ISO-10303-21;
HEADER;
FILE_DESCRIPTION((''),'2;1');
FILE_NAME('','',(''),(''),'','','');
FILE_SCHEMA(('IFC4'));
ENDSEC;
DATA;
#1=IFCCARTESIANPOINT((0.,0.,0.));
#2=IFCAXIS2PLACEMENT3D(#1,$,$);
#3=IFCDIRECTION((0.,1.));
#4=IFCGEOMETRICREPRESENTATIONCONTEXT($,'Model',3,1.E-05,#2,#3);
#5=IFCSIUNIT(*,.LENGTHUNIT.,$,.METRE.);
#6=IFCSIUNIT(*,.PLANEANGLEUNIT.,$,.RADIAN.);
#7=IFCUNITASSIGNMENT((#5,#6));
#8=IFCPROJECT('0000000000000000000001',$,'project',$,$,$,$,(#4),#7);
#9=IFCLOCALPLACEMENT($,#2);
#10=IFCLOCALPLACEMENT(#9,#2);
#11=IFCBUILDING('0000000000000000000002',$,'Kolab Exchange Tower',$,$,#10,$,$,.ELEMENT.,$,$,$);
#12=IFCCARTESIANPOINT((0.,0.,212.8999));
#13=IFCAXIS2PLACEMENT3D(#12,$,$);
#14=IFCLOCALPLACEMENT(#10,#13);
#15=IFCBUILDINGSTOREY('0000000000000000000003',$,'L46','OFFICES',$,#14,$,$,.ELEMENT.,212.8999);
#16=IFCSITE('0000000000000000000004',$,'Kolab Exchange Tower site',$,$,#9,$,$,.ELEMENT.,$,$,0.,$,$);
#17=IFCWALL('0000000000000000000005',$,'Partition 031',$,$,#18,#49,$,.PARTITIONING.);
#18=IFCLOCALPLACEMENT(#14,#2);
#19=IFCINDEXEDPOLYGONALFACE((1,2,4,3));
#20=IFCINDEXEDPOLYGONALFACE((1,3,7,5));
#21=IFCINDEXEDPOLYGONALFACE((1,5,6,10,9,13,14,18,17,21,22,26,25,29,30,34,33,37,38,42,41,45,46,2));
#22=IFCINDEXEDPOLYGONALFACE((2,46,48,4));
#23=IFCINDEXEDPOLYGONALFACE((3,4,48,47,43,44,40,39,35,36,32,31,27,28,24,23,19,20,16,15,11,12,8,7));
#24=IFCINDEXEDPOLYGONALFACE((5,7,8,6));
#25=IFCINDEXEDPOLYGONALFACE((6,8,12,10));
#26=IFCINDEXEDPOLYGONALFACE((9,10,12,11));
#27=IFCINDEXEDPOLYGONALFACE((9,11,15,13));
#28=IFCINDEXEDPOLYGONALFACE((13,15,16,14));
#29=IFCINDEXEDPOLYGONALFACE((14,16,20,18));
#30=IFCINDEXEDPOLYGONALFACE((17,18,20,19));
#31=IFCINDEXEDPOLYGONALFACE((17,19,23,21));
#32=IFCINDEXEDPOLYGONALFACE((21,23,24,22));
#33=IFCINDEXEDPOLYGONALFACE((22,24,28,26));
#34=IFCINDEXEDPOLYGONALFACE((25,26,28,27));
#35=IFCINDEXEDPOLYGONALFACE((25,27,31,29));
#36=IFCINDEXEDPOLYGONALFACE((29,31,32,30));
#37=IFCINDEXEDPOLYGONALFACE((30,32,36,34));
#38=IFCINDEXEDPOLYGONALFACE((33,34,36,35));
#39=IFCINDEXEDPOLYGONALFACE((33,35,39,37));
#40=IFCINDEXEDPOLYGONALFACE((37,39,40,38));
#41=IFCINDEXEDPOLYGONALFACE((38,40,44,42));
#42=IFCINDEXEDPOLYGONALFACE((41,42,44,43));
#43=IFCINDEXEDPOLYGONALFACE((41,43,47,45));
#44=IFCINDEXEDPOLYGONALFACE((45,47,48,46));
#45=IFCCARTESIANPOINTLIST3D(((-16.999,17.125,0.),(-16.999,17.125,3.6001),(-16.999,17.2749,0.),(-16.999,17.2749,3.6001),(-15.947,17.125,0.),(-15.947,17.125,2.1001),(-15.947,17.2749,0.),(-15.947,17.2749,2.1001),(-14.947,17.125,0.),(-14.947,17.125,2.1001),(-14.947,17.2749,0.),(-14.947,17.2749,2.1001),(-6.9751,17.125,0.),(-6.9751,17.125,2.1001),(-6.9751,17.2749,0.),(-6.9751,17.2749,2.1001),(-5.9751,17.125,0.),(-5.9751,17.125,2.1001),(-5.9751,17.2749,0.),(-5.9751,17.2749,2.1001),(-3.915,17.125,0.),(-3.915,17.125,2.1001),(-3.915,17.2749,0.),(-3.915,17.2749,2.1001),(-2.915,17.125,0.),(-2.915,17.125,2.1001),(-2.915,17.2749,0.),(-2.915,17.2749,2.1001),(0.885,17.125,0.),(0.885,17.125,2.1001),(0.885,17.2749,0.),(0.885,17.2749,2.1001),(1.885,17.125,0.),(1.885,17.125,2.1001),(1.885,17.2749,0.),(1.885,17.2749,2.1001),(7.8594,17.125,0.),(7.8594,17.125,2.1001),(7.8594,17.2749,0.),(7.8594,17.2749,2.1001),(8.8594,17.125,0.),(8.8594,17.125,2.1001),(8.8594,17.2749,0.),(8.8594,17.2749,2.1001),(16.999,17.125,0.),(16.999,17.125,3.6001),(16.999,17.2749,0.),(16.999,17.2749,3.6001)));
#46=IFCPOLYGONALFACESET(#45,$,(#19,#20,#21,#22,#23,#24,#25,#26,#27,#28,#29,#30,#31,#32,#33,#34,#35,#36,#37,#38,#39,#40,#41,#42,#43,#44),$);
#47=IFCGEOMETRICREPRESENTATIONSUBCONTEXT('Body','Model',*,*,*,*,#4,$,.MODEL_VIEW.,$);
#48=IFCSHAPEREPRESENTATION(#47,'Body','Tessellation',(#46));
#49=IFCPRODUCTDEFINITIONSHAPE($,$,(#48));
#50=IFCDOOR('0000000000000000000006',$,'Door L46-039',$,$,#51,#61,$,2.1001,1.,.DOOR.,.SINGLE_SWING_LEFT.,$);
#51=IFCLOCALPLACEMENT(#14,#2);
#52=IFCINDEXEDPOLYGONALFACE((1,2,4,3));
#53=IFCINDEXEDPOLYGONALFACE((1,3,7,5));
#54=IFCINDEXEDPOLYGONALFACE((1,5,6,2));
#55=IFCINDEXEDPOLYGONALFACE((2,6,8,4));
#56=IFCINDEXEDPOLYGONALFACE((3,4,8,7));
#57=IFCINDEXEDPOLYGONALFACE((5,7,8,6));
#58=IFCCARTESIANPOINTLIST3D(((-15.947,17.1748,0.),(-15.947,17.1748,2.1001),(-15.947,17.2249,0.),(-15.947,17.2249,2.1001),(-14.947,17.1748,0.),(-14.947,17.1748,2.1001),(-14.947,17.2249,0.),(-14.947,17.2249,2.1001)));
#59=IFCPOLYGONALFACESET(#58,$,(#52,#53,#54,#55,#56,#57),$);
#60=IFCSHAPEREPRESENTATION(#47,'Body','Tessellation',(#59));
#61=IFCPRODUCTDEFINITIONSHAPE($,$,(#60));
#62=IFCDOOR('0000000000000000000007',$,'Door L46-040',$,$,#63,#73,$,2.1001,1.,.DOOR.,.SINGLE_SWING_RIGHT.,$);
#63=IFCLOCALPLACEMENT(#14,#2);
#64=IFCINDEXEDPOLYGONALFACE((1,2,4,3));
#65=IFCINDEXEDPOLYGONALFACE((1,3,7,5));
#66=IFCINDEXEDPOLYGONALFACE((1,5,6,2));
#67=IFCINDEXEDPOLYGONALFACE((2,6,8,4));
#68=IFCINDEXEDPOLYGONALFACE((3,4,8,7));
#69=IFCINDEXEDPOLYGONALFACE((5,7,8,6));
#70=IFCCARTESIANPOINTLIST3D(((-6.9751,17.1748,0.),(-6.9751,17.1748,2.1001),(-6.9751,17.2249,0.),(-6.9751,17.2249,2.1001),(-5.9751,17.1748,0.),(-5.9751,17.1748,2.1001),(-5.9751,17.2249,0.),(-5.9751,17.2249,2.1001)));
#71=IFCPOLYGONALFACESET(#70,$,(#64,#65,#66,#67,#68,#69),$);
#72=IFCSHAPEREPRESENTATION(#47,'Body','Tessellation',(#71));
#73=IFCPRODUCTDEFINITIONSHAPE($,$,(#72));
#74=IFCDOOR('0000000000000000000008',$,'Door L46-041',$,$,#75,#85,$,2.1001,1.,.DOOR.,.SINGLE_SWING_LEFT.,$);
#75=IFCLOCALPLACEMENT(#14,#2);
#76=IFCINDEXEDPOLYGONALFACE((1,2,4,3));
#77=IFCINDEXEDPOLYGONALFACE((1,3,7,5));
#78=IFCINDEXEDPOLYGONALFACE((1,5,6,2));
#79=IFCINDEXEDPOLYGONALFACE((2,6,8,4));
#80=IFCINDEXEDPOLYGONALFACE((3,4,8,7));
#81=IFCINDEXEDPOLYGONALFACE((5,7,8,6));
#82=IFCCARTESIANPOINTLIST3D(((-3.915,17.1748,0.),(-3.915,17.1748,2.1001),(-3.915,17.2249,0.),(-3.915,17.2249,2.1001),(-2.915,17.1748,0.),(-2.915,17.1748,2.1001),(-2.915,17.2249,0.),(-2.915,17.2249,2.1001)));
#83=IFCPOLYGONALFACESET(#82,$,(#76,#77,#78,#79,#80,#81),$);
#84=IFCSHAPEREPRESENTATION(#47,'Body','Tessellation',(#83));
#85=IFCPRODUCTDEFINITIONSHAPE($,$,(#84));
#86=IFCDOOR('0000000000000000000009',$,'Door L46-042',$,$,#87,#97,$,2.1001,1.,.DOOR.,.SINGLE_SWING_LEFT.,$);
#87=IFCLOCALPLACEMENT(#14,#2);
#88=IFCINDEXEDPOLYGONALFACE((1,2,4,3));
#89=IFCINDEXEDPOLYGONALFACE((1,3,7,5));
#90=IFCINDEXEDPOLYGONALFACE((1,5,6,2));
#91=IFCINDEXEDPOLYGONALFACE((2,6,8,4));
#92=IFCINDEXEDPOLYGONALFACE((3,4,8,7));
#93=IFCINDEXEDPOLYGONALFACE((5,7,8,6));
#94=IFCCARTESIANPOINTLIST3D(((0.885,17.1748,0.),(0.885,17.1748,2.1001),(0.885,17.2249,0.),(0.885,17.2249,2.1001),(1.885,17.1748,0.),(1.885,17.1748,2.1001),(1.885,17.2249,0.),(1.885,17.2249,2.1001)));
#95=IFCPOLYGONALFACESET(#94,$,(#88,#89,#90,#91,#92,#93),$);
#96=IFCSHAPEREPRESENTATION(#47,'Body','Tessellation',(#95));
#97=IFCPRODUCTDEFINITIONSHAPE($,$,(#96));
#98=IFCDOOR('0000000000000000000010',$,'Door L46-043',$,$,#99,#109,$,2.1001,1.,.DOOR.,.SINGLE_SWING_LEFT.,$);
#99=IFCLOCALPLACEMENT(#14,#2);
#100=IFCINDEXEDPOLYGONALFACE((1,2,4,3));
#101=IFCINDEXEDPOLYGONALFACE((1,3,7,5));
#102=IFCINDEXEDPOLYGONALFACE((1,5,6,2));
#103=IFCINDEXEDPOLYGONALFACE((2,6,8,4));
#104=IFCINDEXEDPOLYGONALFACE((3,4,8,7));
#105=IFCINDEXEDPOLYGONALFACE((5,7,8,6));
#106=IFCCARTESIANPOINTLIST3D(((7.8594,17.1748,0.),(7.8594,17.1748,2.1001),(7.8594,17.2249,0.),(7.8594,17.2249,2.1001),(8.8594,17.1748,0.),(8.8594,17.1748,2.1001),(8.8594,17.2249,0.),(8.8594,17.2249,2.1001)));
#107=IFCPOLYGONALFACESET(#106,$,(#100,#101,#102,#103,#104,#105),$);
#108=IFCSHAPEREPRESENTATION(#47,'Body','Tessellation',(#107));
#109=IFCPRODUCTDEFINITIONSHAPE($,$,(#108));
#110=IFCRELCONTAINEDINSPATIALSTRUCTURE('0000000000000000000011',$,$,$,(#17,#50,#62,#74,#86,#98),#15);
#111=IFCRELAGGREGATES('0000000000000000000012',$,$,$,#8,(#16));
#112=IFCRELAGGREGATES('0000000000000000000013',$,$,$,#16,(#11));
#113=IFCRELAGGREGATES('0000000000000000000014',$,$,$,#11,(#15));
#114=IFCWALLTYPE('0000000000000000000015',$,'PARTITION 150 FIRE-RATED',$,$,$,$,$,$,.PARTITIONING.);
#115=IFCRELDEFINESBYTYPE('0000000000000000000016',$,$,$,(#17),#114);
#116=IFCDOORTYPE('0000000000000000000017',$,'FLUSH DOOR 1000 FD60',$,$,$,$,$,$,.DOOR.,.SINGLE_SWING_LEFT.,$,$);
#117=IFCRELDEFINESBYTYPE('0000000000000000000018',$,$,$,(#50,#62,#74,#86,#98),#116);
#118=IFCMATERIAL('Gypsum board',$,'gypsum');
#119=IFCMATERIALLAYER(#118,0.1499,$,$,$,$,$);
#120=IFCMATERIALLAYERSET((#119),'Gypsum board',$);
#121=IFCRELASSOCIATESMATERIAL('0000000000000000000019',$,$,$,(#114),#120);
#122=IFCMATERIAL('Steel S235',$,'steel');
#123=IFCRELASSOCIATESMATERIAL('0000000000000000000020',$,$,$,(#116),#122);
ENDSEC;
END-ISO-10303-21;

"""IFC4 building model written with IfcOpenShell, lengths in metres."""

from ifc_helpers import new_model, si_unit, direction, frame, frame_2d, origin, place, context, subcontext, project, spatial, rectangle, extrude, material, layer, layer_set, type_object, element, fill, save


model = new_model("IFC4")

# Units and contexts
model_context = context("Model", 3, precision=1e-05, world=origin(), true_north=direction((0.0, 1.0)))
body_context = subcontext(model_context, "Body", "Model", "MODEL_VIEW")
ifc_project = project(units=[si_unit("LENGTHUNIT", "METRE"), si_unit("PLANEANGLEUNIT", "RADIAN")], contexts=[model_context])

# Site, building, storey
site_placement = place(None, origin())
site = spatial("IfcSite", under=ifc_project, at=site_placement, Name="Kolab Exchange Tower site", CompositionType="ELEMENT", RefElevation=0.0)
building_placement = place(site_placement, origin())
building = spatial("IfcBuilding", under=site, at=building_placement, Name="Kolab Exchange Tower", CompositionType="ELEMENT")
storey_placement = place(building_placement, frame((0.0, 0.0, 212.8999)))
storey = spatial("IfcBuildingStorey", under=building, at=storey_placement, Name="L46", Description="OFFICES", CompositionType="ELEMENT", Elevation=212.8999)

# Wall, openings, doors
ifc_material_1 = material(Name="Gypsum board", Category="gypsum")
ifc_layer_1 = layer(ifc_material_1, 0.1499)
ifc_layer_set_1 = layer_set([ifc_layer_1], Name="Gypsum board")
wall_type = type_object("IfcWallType", Name="PARTITION 150 FIRE-RATED", PredefinedType="PARTITIONING", material=ifc_layer_set_1)
wall_placement = place(storey_placement, frame((-16.999, 17.2, 0.0), z_axis=(0.0, 0.0, 1.0), x_axis=(1.0, 0.0, 0.0)))
wall = element("IfcWall", 1, at=wall_placement, inside=storey, type_object=wall_type, Name="Partition 031", PredefinedType="PARTITIONING", context=body_context, shape_type="SweptSolid", body=[
    extrude(rectangle(XDim=33.998, YDim=0.1499, at=frame_2d((16.999, 0.0))), origin(), (0.0, 0.0, 1.0), 3.6001),
])
opening_1_placement = place(wall_placement, frame((1.052, 0.0, 0.0)))
opening_1 = element("IfcOpeningElement", 2, at=opening_1_placement, cuts=wall, PredefinedType="OPENING", context=body_context, shape_type="SweptSolid", body=[
    extrude(rectangle(XDim=1.0, YDim=2.1001, at=frame_2d((0.5, 1.05))), frame((0.0, 0.085, 0.0), z_axis=(0.0, -1.0, 0.0), x_axis=(1.0, 0.0, 0.0)), (0.0, 0.0, 1.0), 0.1699),
])
opening_2_placement = place(wall_placement, frame((10.0239, 0.0, 0.0)))
opening_2 = element("IfcOpeningElement", 3, at=opening_2_placement, cuts=wall, PredefinedType="OPENING", context=body_context, shape_type="SweptSolid", body=[
    extrude(rectangle(XDim=1.0, YDim=2.1001, at=frame_2d((0.5, 1.05))), frame((0.0, 0.085, 0.0), z_axis=(0.0, -1.0, 0.0), x_axis=(1.0, 0.0, 0.0)), (0.0, 0.0, 1.0), 0.1699),
])
opening_3_placement = place(wall_placement, frame((13.084, 0.0, 0.0)))
opening_3 = element("IfcOpeningElement", 4, at=opening_3_placement, cuts=wall, PredefinedType="OPENING", context=body_context, shape_type="SweptSolid", body=[
    extrude(rectangle(XDim=1.0, YDim=2.1001, at=frame_2d((0.5, 1.05))), frame((0.0, 0.085, 0.0), z_axis=(0.0, -1.0, 0.0), x_axis=(1.0, 0.0, 0.0)), (0.0, 0.0, 1.0), 0.1699),
])
opening_4_placement = place(wall_placement, frame((17.884, 0.0, 0.0)))
opening_4 = element("IfcOpeningElement", 5, at=opening_4_placement, cuts=wall, PredefinedType="OPENING", context=body_context, shape_type="SweptSolid", body=[
    extrude(rectangle(XDim=1.0, YDim=2.1001, at=frame_2d((0.5, 1.05))), frame((0.0, 0.085, 0.0), z_axis=(0.0, -1.0, 0.0), x_axis=(1.0, 0.0, 0.0)), (0.0, 0.0, 1.0), 0.1699),
])
opening_5_placement = place(wall_placement, frame((24.8584, 0.0, 0.0)))
opening_5 = element("IfcOpeningElement", 6, at=opening_5_placement, cuts=wall, PredefinedType="OPENING", context=body_context, shape_type="SweptSolid", body=[
    extrude(rectangle(XDim=1.0, YDim=2.1001, at=frame_2d((0.5, 1.05))), frame((0.0, 0.085, 0.0), z_axis=(0.0, -1.0, 0.0), x_axis=(1.0, 0.0, 0.0)), (0.0, 0.0, 1.0), 0.1699),
])
ifc_material_2 = material(Name="Steel S235", Category="steel")
door_type = type_object("IfcDoorType", Name="FLUSH DOOR 1000 FD60", OperationType="SINGLE_SWING_LEFT", PredefinedType="DOOR", material=ifc_material_2)
door_1_placement = place(opening_1_placement, origin())
door_1 = element("IfcDoor", 7, at=door_1_placement, inside=storey, type_object=door_type, Name="Door L46-039", OperationType="SINGLE_SWING_LEFT", OverallHeight=2.1001, OverallWidth=1.0, PredefinedType="DOOR", context=body_context, shape_type="SweptSolid", body=[
    extrude(rectangle(XDim=1.0, YDim=2.1001, at=frame_2d((0.5, 1.05))), frame((0.0, 0.0249, 0.0), z_axis=(0.0, -1.0, 0.0), x_axis=(1.0, 0.0, 0.0)), (0.0, 0.0, 1.0), 0.05),
])
fill(opening_1, door_1)
door_2_placement = place(opening_2_placement, origin())
door_2 = element("IfcDoor", 8, at=door_2_placement, inside=storey, type_object=door_type, Name="Door L46-040", OperationType="SINGLE_SWING_RIGHT", OverallHeight=2.1001, OverallWidth=1.0, PredefinedType="DOOR", context=body_context, shape_type="SweptSolid", body=[
    extrude(rectangle(XDim=1.0, YDim=2.1001, at=frame_2d((0.5, 1.05))), frame((0.0, 0.0249, 0.0), z_axis=(0.0, -1.0, 0.0), x_axis=(1.0, 0.0, 0.0)), (0.0, 0.0, 1.0), 0.05),
])
fill(opening_2, door_2)
door_3_placement = place(opening_3_placement, origin())
door_3 = element("IfcDoor", 9, at=door_3_placement, inside=storey, type_object=door_type, Name="Door L46-041", OperationType="SINGLE_SWING_LEFT", OverallHeight=2.1001, OverallWidth=1.0, PredefinedType="DOOR", context=body_context, shape_type="SweptSolid", body=[
    extrude(rectangle(XDim=1.0, YDim=2.1001, at=frame_2d((0.5, 1.05))), frame((0.0, 0.0249, 0.0), z_axis=(0.0, -1.0, 0.0), x_axis=(1.0, 0.0, 0.0)), (0.0, 0.0, 1.0), 0.05),
])
fill(opening_3, door_3)
door_4_placement = place(opening_4_placement, origin())
door_4 = element("IfcDoor", 10, at=door_4_placement, inside=storey, type_object=door_type, Name="Door L46-042", OperationType="SINGLE_SWING_LEFT", OverallHeight=2.1001, OverallWidth=1.0, PredefinedType="DOOR", context=body_context, shape_type="SweptSolid", body=[
    extrude(rectangle(XDim=1.0, YDim=2.1001, at=frame_2d((0.5, 1.05))), frame((0.0, 0.0249, 0.0), z_axis=(0.0, -1.0, 0.0), x_axis=(1.0, 0.0, 0.0)), (0.0, 0.0, 1.0), 0.05),
])
fill(opening_4, door_4)
door_5_placement = place(opening_5_placement, origin())
door_5 = element("IfcDoor", 11, at=door_5_placement, inside=storey, type_object=door_type, Name="Door L46-043", OperationType="SINGLE_SWING_LEFT", OverallHeight=2.1001, OverallWidth=1.0, PredefinedType="DOOR", context=body_context, shape_type="SweptSolid", body=[
    extrude(rectangle(XDim=1.0, YDim=2.1001, at=frame_2d((0.5, 1.05))), frame((0.0, 0.0249, 0.0), z_axis=(0.0, -1.0, 0.0), x_axis=(1.0, 0.0, 0.0)), (0.0, 0.0, 1.0), 0.05),
])
fill(opening_5, door_5)

save(model, "model.ifc")
